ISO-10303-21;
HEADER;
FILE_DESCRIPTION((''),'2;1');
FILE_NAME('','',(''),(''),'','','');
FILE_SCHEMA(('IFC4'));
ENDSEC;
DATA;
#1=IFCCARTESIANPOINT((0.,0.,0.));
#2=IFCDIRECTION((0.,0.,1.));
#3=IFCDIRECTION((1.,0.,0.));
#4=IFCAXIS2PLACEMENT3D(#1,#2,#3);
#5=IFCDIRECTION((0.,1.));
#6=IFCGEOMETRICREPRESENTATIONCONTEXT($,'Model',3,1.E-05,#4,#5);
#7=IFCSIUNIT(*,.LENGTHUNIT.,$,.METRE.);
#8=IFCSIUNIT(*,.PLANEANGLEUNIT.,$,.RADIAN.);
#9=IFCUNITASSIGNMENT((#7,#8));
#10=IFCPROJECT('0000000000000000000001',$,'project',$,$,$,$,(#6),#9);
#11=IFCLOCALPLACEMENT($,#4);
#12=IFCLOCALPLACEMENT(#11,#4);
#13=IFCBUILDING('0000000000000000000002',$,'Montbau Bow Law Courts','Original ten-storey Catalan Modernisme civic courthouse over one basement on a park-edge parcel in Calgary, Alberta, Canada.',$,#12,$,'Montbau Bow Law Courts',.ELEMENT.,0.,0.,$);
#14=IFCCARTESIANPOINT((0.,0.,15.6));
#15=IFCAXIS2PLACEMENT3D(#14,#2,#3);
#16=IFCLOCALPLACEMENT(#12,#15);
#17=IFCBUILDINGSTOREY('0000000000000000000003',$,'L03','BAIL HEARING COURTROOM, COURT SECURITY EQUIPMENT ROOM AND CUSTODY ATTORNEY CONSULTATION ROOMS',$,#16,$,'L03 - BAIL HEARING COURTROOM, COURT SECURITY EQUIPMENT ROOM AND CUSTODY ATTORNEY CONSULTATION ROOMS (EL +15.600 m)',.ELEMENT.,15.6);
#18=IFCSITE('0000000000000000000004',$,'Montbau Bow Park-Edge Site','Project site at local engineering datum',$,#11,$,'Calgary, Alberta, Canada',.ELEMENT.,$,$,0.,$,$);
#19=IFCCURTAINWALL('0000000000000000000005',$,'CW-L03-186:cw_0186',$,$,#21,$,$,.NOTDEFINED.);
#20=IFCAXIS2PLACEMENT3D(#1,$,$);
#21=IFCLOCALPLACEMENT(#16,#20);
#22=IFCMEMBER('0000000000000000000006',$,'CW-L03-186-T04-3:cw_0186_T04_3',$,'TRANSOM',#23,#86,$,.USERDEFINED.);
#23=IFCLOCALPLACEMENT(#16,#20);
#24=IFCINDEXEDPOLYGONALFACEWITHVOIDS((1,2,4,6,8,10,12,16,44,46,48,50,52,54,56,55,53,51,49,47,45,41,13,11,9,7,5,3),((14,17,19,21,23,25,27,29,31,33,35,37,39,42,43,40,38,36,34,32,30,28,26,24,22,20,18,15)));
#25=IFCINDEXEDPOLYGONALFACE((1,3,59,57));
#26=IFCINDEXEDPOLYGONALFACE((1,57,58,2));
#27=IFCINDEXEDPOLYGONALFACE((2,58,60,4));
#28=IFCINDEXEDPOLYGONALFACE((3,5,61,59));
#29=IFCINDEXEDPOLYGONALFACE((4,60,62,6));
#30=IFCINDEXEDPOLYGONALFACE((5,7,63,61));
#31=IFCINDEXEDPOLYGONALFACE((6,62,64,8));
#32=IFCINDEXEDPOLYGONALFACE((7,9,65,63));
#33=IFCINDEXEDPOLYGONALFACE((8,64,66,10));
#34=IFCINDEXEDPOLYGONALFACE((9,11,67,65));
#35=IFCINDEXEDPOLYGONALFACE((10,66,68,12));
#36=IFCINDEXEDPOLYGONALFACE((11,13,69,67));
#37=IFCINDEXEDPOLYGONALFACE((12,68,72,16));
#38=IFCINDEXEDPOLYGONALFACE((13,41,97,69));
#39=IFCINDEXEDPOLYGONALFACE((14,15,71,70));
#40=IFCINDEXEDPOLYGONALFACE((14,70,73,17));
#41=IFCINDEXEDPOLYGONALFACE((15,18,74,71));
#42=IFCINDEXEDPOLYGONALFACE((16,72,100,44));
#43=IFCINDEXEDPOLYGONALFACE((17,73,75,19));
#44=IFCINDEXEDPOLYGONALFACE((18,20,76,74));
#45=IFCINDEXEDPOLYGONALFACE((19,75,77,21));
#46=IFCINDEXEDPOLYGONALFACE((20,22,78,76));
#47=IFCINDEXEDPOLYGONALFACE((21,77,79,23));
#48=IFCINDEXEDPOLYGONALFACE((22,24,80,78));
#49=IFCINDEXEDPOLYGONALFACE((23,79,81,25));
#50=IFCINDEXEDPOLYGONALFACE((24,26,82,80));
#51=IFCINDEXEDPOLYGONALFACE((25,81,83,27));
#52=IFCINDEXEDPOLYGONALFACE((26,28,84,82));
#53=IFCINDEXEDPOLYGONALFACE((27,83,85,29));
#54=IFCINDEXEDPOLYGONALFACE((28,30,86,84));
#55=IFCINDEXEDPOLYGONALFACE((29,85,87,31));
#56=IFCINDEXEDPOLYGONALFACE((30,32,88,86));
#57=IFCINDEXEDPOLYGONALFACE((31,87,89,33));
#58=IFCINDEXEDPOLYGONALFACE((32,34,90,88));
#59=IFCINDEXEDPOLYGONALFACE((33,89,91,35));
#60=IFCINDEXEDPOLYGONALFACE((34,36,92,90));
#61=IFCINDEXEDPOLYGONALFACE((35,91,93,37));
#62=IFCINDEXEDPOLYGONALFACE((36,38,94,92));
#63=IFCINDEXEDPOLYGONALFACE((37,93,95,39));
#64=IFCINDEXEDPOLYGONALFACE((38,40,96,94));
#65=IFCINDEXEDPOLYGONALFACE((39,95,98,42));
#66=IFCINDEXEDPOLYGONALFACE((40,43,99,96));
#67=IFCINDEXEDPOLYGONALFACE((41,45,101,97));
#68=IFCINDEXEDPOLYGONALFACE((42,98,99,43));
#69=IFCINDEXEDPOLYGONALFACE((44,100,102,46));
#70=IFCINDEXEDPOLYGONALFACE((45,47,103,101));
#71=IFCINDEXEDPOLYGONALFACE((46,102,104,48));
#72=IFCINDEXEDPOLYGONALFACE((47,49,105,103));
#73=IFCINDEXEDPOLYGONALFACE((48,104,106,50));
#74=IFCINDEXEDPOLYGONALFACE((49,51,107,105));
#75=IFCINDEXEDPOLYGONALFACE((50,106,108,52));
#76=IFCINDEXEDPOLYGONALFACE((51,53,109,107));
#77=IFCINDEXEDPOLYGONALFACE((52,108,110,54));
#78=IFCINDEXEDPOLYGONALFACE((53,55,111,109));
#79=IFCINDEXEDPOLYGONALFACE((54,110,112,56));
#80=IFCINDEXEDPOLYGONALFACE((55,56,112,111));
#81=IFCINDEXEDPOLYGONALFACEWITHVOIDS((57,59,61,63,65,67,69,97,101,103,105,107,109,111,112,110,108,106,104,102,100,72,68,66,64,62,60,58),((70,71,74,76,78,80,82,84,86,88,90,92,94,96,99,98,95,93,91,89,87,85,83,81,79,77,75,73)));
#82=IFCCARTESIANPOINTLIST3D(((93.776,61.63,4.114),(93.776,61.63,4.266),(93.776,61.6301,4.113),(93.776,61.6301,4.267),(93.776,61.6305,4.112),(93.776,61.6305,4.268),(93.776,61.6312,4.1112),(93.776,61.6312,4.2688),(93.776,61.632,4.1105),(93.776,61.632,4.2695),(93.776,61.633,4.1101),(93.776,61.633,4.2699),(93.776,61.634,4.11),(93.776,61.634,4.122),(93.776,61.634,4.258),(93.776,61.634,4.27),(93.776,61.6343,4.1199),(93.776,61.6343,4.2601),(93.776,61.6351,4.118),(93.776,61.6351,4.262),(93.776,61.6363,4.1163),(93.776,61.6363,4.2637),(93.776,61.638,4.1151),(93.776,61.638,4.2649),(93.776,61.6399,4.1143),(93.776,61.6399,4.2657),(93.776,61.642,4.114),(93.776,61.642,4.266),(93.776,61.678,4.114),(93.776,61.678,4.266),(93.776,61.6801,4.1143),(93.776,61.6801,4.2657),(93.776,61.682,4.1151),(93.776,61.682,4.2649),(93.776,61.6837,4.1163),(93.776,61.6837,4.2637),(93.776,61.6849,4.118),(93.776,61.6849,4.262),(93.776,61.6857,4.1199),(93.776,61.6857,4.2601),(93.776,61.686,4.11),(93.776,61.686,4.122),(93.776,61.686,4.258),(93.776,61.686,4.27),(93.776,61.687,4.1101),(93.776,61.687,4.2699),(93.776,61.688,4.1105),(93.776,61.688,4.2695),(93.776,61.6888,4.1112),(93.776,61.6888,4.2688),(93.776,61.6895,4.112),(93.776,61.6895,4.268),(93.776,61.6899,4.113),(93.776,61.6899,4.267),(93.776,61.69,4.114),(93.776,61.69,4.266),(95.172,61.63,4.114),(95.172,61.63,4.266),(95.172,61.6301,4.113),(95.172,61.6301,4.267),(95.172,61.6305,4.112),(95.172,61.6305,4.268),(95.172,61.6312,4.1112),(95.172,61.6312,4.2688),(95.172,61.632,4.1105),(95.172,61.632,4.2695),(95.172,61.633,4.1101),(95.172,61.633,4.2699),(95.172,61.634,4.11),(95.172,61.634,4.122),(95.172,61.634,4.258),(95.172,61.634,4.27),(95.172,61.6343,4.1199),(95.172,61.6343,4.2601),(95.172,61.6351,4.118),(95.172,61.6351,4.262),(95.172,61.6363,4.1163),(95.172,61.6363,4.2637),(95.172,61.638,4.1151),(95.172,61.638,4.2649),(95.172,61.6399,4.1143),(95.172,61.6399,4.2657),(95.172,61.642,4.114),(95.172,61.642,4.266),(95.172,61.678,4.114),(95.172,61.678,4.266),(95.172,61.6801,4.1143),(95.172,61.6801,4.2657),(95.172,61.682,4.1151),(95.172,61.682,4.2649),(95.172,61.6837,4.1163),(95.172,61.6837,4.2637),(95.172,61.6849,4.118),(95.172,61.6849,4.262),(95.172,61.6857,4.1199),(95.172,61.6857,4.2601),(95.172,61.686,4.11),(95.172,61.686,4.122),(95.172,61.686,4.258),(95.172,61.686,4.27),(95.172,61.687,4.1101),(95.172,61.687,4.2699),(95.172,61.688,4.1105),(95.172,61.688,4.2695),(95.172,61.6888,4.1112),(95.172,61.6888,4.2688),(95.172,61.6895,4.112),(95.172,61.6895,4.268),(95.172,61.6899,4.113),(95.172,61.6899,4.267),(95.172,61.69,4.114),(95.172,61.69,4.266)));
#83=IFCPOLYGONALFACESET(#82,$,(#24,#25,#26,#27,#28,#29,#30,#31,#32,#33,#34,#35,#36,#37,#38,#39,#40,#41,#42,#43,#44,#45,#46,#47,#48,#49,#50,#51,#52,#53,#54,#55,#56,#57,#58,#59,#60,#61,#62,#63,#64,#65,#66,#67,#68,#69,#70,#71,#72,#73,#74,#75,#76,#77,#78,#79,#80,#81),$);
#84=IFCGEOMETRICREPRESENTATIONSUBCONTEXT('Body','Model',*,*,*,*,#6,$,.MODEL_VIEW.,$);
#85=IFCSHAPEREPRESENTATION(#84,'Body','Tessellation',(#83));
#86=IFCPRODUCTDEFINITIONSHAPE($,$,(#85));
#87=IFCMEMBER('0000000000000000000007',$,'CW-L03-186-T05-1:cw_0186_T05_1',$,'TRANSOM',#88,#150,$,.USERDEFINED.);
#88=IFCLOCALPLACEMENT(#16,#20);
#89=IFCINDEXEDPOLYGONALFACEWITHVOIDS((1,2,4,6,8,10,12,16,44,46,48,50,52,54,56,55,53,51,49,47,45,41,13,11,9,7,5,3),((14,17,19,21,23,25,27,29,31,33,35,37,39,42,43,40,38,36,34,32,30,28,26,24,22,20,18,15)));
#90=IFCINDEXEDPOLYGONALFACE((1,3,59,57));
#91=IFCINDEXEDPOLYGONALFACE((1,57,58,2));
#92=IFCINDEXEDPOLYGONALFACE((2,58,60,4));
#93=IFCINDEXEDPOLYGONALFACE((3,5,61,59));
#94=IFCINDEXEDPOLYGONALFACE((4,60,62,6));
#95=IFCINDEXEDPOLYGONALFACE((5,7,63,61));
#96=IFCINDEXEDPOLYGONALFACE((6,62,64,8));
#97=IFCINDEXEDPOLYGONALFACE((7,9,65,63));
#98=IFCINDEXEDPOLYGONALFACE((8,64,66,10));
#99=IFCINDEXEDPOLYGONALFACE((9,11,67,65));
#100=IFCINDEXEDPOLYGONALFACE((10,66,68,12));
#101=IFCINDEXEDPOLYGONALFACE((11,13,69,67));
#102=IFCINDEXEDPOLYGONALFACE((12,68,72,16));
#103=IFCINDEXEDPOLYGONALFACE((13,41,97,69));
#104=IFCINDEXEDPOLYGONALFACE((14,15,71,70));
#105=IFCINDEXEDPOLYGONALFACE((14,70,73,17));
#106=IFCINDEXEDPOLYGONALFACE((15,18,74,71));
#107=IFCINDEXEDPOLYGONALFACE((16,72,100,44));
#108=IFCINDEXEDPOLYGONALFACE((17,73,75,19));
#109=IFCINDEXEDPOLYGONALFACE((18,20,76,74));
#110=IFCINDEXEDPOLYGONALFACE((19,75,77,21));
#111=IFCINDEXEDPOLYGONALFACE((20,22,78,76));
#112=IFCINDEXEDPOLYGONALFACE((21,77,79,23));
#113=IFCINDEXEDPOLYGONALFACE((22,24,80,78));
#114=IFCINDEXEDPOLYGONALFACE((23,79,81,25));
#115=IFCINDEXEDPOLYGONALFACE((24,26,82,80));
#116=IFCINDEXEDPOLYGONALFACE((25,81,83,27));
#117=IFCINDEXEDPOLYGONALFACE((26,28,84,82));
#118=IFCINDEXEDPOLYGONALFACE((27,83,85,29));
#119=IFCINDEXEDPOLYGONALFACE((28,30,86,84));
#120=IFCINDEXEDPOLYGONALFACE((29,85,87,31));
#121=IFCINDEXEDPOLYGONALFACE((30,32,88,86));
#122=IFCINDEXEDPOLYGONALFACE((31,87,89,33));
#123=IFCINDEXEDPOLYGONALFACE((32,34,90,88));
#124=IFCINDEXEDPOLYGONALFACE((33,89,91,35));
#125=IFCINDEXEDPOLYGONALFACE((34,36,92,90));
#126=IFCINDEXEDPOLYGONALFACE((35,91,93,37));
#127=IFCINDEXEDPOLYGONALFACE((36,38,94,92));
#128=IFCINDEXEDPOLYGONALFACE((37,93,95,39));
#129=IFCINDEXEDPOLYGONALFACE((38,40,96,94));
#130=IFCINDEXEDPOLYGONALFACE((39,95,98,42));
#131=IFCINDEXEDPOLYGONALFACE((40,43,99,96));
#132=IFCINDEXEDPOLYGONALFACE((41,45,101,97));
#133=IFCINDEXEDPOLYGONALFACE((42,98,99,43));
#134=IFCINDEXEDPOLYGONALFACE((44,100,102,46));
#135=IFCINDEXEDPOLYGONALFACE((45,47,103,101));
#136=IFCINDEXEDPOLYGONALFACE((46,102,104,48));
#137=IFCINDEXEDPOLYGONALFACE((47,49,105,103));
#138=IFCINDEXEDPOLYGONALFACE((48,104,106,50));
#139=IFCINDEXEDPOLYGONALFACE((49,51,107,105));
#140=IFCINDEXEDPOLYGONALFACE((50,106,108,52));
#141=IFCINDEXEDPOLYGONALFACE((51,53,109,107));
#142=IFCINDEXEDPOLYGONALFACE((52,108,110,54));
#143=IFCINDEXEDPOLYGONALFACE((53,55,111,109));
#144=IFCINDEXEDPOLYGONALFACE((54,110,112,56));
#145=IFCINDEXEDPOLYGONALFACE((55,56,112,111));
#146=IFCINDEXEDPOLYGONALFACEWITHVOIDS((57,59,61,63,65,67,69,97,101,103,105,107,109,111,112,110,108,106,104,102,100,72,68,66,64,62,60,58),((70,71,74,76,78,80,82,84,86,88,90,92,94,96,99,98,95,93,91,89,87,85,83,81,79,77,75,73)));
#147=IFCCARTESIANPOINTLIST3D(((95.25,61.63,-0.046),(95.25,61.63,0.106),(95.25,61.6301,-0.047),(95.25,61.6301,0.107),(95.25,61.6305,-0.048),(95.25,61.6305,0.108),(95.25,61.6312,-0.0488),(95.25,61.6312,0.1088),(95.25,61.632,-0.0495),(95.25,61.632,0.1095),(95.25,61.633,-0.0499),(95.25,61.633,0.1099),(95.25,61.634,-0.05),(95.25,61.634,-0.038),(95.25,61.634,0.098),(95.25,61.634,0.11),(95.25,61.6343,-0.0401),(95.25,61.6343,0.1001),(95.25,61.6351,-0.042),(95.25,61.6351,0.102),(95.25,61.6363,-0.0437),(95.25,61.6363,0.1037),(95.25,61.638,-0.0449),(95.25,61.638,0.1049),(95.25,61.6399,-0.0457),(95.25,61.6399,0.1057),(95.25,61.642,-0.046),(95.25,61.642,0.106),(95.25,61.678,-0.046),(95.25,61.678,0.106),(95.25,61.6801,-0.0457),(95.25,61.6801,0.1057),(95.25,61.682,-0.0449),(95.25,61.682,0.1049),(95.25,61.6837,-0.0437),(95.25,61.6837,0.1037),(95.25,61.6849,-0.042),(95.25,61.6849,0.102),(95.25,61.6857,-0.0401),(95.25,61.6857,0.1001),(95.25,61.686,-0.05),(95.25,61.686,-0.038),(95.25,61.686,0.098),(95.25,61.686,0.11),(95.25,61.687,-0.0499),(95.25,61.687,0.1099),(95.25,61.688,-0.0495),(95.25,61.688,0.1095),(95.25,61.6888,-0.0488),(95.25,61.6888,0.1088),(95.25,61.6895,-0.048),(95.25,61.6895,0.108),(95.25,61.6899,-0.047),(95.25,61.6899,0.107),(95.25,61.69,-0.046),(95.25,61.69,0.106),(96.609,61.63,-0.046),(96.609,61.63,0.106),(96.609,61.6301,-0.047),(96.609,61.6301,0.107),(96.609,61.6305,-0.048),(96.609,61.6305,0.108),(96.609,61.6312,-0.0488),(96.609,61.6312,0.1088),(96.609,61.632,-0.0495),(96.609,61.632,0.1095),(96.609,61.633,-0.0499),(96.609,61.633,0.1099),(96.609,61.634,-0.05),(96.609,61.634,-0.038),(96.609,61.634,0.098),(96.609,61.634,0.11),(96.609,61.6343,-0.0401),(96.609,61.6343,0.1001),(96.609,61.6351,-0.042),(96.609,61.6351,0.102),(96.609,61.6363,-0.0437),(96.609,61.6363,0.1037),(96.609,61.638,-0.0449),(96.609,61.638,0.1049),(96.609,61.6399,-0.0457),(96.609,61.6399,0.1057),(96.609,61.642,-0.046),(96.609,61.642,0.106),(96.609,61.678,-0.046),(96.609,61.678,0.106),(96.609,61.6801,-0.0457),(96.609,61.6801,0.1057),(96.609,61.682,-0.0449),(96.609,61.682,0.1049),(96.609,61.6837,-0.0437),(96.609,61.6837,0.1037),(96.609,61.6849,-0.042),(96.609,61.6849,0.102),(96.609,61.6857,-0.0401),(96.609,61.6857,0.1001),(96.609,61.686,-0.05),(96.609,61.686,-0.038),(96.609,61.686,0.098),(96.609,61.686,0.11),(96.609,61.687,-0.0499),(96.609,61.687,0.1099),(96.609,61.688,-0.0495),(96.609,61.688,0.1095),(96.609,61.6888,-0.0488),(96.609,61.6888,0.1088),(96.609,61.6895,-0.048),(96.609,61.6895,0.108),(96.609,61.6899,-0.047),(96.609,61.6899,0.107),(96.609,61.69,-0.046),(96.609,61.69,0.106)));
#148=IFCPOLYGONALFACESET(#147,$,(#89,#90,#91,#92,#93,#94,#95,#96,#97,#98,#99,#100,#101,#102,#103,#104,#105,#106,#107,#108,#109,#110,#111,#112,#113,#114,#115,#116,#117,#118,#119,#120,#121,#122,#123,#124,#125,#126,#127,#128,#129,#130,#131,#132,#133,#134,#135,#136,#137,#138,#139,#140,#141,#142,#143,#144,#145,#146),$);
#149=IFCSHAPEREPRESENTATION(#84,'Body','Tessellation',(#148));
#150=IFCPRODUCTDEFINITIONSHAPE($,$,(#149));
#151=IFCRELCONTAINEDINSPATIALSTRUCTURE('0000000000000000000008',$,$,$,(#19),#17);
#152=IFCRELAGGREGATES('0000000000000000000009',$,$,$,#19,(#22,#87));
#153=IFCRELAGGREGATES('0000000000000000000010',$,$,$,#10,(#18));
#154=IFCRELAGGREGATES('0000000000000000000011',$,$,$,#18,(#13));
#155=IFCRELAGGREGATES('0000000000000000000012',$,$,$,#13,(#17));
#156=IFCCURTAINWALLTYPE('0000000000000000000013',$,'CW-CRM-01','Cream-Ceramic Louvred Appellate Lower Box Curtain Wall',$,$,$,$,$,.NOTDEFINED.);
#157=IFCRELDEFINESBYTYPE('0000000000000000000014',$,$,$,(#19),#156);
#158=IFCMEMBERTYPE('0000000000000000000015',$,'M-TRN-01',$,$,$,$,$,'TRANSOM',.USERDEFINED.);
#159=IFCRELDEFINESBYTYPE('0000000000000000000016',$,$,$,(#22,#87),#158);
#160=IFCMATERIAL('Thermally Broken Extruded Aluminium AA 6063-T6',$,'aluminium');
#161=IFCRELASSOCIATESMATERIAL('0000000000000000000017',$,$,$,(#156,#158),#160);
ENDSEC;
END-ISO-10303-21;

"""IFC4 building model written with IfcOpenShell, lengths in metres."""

from ifc_helpers import new_model, si_unit, direction, frame, origin_with_axes, origin_2d_with_axis, place, context, subcontext, project, spatial, hollow_rectangle, extrude, material, material_profile, profile_set, type_object, element, aggregate, save


model = new_model("IFC4")

# Units and contexts
model_context = context("Model", 3, precision=1e-05, world=origin_with_axes(), true_north=direction((0.0, 1.0)))
body_context = subcontext(model_context, "Body", "Model", "MODEL_VIEW")
ifc_project = project(units=[si_unit("LENGTHUNIT", "METRE"), si_unit("PLANEANGLEUNIT", "RADIAN")], contexts=[model_context])

# Site, building, storey
site_placement = place(None, origin_with_axes())
site = spatial("IfcSite", under=ifc_project, at=site_placement, Name="Montbau Bow Park-Edge Site", Description="Project site at local engineering datum", LongName="Calgary, Alberta, Canada", CompositionType="ELEMENT", RefElevation=0.0)
building_placement = place(site_placement, origin_with_axes())
building = spatial("IfcBuilding", under=site, at=building_placement, Name="Montbau Bow Law Courts", Description="Original ten-storey Catalan Modernisme civic courthouse over one basement on a park-edge parcel in Calgary, Alberta, Canada.", LongName="Montbau Bow Law Courts", CompositionType="ELEMENT", ElevationOfRefHeight=0.0, ElevationOfTerrain=0.0)
storey_placement = place(building_placement, frame((0.0, 0.0, 15.6), z_axis=(0.0, 0.0, 1.0), x_axis=(1.0, 0.0, 0.0)))
storey = spatial("IfcBuildingStorey", under=building, at=storey_placement, Name="L03", Description="BAIL HEARING COURTROOM, COURT SECURITY EQUIPMENT ROOM AND CUSTODY ATTORNEY CONSULTATION ROOMS", LongName="L03 - BAIL HEARING COURTROOM, COURT SECURITY EQUIPMENT ROOM AND CUSTODY ATTORNEY CONSULTATION ROOMS (EL +15.600 m)", CompositionType="ELEMENT", Elevation=15.6)

# Curtain wall
ifc_material_1 = material(Name="Thermally Broken Extruded Aluminium AA 6063-T6", Category="aluminium")
curtain_wall_type = type_object("IfcCurtainWallType", Name="CW-CRM-01", Description="Cream-Ceramic Louvred Appellate Lower Box Curtain Wall", PredefinedType="NOTDEFINED", material=ifc_material_1)
curtain_wall_1_placement = place(None, frame((89.315, 61.66, 15.6), z_axis=(0.0, 0.0, 1.0), x_axis=(1.0, 0.0, 0.0)))
curtain_wall_1 = element("IfcCurtainWall", 1, at=curtain_wall_1_placement, inside=storey, type_object=curtain_wall_type, Name="CW-L03-186:cw_0186", PredefinedType="NOTDEFINED")

# Members
ifc_material_profile_1 = material_profile(ifc_material_1, hollow_rectangle(XDim=0.06, YDim=0.16, WallThickness=0.004, InnerFilletRadius=0.008, OuterFilletRadius=0.004, at=origin_2d_with_axis()), Name="CWT-160X60", Category="Main", Priority=0)
ifc_profile_set_1 = profile_set([ifc_material_profile_1], Name="Thermally Broken Extruded Aluminium AA 6063-T6")
member_type_1 = type_object("IfcMemberType", Name="M-TRN-01", ElementType="TRANSOM", PredefinedType="USERDEFINED", material=ifc_profile_set_1)
member_1_placement = place(None, frame((93.776, 61.66, 19.79), z_axis=(1.0, 0.0, 0.0), x_axis=(0.0, 1.0, 0.0)))
member_1 = element("IfcMember", 2, at=member_1_placement, type_object=member_type_1, Name="CW-L03-186-T04-3:cw_0186_T04_3", ObjectType="TRANSOM", PredefinedType="USERDEFINED", context=body_context, shape_type="SweptSolid", body=[
    extrude(hollow_rectangle(XDim=0.06, YDim=0.16, WallThickness=0.004, InnerFilletRadius=0.008, OuterFilletRadius=0.004, at=origin_2d_with_axis()), origin_with_axes(), (0.0, 0.0, 1.0), 1.396),
])
member_2_placement = place(None, frame((95.25, 61.66, 15.63), z_axis=(1.0, 0.0, 0.0), x_axis=(0.0, 1.0, 0.0)))
member_2 = element("IfcMember", 3, at=member_2_placement, type_object=member_type_1, Name="CW-L03-186-T05-1:cw_0186_T05_1", ObjectType="TRANSOM", PredefinedType="USERDEFINED", context=body_context, shape_type="SweptSolid", body=[
    extrude(hollow_rectangle(XDim=0.06, YDim=0.16, WallThickness=0.004, InnerFilletRadius=0.008, OuterFilletRadius=0.004, at=origin_2d_with_axis()), origin_with_axes(), (0.0, 0.0, 1.0), 1.359),
])

aggregate(curtain_wall_1, [member_1, member_2])

save(model, "model.ifc")
